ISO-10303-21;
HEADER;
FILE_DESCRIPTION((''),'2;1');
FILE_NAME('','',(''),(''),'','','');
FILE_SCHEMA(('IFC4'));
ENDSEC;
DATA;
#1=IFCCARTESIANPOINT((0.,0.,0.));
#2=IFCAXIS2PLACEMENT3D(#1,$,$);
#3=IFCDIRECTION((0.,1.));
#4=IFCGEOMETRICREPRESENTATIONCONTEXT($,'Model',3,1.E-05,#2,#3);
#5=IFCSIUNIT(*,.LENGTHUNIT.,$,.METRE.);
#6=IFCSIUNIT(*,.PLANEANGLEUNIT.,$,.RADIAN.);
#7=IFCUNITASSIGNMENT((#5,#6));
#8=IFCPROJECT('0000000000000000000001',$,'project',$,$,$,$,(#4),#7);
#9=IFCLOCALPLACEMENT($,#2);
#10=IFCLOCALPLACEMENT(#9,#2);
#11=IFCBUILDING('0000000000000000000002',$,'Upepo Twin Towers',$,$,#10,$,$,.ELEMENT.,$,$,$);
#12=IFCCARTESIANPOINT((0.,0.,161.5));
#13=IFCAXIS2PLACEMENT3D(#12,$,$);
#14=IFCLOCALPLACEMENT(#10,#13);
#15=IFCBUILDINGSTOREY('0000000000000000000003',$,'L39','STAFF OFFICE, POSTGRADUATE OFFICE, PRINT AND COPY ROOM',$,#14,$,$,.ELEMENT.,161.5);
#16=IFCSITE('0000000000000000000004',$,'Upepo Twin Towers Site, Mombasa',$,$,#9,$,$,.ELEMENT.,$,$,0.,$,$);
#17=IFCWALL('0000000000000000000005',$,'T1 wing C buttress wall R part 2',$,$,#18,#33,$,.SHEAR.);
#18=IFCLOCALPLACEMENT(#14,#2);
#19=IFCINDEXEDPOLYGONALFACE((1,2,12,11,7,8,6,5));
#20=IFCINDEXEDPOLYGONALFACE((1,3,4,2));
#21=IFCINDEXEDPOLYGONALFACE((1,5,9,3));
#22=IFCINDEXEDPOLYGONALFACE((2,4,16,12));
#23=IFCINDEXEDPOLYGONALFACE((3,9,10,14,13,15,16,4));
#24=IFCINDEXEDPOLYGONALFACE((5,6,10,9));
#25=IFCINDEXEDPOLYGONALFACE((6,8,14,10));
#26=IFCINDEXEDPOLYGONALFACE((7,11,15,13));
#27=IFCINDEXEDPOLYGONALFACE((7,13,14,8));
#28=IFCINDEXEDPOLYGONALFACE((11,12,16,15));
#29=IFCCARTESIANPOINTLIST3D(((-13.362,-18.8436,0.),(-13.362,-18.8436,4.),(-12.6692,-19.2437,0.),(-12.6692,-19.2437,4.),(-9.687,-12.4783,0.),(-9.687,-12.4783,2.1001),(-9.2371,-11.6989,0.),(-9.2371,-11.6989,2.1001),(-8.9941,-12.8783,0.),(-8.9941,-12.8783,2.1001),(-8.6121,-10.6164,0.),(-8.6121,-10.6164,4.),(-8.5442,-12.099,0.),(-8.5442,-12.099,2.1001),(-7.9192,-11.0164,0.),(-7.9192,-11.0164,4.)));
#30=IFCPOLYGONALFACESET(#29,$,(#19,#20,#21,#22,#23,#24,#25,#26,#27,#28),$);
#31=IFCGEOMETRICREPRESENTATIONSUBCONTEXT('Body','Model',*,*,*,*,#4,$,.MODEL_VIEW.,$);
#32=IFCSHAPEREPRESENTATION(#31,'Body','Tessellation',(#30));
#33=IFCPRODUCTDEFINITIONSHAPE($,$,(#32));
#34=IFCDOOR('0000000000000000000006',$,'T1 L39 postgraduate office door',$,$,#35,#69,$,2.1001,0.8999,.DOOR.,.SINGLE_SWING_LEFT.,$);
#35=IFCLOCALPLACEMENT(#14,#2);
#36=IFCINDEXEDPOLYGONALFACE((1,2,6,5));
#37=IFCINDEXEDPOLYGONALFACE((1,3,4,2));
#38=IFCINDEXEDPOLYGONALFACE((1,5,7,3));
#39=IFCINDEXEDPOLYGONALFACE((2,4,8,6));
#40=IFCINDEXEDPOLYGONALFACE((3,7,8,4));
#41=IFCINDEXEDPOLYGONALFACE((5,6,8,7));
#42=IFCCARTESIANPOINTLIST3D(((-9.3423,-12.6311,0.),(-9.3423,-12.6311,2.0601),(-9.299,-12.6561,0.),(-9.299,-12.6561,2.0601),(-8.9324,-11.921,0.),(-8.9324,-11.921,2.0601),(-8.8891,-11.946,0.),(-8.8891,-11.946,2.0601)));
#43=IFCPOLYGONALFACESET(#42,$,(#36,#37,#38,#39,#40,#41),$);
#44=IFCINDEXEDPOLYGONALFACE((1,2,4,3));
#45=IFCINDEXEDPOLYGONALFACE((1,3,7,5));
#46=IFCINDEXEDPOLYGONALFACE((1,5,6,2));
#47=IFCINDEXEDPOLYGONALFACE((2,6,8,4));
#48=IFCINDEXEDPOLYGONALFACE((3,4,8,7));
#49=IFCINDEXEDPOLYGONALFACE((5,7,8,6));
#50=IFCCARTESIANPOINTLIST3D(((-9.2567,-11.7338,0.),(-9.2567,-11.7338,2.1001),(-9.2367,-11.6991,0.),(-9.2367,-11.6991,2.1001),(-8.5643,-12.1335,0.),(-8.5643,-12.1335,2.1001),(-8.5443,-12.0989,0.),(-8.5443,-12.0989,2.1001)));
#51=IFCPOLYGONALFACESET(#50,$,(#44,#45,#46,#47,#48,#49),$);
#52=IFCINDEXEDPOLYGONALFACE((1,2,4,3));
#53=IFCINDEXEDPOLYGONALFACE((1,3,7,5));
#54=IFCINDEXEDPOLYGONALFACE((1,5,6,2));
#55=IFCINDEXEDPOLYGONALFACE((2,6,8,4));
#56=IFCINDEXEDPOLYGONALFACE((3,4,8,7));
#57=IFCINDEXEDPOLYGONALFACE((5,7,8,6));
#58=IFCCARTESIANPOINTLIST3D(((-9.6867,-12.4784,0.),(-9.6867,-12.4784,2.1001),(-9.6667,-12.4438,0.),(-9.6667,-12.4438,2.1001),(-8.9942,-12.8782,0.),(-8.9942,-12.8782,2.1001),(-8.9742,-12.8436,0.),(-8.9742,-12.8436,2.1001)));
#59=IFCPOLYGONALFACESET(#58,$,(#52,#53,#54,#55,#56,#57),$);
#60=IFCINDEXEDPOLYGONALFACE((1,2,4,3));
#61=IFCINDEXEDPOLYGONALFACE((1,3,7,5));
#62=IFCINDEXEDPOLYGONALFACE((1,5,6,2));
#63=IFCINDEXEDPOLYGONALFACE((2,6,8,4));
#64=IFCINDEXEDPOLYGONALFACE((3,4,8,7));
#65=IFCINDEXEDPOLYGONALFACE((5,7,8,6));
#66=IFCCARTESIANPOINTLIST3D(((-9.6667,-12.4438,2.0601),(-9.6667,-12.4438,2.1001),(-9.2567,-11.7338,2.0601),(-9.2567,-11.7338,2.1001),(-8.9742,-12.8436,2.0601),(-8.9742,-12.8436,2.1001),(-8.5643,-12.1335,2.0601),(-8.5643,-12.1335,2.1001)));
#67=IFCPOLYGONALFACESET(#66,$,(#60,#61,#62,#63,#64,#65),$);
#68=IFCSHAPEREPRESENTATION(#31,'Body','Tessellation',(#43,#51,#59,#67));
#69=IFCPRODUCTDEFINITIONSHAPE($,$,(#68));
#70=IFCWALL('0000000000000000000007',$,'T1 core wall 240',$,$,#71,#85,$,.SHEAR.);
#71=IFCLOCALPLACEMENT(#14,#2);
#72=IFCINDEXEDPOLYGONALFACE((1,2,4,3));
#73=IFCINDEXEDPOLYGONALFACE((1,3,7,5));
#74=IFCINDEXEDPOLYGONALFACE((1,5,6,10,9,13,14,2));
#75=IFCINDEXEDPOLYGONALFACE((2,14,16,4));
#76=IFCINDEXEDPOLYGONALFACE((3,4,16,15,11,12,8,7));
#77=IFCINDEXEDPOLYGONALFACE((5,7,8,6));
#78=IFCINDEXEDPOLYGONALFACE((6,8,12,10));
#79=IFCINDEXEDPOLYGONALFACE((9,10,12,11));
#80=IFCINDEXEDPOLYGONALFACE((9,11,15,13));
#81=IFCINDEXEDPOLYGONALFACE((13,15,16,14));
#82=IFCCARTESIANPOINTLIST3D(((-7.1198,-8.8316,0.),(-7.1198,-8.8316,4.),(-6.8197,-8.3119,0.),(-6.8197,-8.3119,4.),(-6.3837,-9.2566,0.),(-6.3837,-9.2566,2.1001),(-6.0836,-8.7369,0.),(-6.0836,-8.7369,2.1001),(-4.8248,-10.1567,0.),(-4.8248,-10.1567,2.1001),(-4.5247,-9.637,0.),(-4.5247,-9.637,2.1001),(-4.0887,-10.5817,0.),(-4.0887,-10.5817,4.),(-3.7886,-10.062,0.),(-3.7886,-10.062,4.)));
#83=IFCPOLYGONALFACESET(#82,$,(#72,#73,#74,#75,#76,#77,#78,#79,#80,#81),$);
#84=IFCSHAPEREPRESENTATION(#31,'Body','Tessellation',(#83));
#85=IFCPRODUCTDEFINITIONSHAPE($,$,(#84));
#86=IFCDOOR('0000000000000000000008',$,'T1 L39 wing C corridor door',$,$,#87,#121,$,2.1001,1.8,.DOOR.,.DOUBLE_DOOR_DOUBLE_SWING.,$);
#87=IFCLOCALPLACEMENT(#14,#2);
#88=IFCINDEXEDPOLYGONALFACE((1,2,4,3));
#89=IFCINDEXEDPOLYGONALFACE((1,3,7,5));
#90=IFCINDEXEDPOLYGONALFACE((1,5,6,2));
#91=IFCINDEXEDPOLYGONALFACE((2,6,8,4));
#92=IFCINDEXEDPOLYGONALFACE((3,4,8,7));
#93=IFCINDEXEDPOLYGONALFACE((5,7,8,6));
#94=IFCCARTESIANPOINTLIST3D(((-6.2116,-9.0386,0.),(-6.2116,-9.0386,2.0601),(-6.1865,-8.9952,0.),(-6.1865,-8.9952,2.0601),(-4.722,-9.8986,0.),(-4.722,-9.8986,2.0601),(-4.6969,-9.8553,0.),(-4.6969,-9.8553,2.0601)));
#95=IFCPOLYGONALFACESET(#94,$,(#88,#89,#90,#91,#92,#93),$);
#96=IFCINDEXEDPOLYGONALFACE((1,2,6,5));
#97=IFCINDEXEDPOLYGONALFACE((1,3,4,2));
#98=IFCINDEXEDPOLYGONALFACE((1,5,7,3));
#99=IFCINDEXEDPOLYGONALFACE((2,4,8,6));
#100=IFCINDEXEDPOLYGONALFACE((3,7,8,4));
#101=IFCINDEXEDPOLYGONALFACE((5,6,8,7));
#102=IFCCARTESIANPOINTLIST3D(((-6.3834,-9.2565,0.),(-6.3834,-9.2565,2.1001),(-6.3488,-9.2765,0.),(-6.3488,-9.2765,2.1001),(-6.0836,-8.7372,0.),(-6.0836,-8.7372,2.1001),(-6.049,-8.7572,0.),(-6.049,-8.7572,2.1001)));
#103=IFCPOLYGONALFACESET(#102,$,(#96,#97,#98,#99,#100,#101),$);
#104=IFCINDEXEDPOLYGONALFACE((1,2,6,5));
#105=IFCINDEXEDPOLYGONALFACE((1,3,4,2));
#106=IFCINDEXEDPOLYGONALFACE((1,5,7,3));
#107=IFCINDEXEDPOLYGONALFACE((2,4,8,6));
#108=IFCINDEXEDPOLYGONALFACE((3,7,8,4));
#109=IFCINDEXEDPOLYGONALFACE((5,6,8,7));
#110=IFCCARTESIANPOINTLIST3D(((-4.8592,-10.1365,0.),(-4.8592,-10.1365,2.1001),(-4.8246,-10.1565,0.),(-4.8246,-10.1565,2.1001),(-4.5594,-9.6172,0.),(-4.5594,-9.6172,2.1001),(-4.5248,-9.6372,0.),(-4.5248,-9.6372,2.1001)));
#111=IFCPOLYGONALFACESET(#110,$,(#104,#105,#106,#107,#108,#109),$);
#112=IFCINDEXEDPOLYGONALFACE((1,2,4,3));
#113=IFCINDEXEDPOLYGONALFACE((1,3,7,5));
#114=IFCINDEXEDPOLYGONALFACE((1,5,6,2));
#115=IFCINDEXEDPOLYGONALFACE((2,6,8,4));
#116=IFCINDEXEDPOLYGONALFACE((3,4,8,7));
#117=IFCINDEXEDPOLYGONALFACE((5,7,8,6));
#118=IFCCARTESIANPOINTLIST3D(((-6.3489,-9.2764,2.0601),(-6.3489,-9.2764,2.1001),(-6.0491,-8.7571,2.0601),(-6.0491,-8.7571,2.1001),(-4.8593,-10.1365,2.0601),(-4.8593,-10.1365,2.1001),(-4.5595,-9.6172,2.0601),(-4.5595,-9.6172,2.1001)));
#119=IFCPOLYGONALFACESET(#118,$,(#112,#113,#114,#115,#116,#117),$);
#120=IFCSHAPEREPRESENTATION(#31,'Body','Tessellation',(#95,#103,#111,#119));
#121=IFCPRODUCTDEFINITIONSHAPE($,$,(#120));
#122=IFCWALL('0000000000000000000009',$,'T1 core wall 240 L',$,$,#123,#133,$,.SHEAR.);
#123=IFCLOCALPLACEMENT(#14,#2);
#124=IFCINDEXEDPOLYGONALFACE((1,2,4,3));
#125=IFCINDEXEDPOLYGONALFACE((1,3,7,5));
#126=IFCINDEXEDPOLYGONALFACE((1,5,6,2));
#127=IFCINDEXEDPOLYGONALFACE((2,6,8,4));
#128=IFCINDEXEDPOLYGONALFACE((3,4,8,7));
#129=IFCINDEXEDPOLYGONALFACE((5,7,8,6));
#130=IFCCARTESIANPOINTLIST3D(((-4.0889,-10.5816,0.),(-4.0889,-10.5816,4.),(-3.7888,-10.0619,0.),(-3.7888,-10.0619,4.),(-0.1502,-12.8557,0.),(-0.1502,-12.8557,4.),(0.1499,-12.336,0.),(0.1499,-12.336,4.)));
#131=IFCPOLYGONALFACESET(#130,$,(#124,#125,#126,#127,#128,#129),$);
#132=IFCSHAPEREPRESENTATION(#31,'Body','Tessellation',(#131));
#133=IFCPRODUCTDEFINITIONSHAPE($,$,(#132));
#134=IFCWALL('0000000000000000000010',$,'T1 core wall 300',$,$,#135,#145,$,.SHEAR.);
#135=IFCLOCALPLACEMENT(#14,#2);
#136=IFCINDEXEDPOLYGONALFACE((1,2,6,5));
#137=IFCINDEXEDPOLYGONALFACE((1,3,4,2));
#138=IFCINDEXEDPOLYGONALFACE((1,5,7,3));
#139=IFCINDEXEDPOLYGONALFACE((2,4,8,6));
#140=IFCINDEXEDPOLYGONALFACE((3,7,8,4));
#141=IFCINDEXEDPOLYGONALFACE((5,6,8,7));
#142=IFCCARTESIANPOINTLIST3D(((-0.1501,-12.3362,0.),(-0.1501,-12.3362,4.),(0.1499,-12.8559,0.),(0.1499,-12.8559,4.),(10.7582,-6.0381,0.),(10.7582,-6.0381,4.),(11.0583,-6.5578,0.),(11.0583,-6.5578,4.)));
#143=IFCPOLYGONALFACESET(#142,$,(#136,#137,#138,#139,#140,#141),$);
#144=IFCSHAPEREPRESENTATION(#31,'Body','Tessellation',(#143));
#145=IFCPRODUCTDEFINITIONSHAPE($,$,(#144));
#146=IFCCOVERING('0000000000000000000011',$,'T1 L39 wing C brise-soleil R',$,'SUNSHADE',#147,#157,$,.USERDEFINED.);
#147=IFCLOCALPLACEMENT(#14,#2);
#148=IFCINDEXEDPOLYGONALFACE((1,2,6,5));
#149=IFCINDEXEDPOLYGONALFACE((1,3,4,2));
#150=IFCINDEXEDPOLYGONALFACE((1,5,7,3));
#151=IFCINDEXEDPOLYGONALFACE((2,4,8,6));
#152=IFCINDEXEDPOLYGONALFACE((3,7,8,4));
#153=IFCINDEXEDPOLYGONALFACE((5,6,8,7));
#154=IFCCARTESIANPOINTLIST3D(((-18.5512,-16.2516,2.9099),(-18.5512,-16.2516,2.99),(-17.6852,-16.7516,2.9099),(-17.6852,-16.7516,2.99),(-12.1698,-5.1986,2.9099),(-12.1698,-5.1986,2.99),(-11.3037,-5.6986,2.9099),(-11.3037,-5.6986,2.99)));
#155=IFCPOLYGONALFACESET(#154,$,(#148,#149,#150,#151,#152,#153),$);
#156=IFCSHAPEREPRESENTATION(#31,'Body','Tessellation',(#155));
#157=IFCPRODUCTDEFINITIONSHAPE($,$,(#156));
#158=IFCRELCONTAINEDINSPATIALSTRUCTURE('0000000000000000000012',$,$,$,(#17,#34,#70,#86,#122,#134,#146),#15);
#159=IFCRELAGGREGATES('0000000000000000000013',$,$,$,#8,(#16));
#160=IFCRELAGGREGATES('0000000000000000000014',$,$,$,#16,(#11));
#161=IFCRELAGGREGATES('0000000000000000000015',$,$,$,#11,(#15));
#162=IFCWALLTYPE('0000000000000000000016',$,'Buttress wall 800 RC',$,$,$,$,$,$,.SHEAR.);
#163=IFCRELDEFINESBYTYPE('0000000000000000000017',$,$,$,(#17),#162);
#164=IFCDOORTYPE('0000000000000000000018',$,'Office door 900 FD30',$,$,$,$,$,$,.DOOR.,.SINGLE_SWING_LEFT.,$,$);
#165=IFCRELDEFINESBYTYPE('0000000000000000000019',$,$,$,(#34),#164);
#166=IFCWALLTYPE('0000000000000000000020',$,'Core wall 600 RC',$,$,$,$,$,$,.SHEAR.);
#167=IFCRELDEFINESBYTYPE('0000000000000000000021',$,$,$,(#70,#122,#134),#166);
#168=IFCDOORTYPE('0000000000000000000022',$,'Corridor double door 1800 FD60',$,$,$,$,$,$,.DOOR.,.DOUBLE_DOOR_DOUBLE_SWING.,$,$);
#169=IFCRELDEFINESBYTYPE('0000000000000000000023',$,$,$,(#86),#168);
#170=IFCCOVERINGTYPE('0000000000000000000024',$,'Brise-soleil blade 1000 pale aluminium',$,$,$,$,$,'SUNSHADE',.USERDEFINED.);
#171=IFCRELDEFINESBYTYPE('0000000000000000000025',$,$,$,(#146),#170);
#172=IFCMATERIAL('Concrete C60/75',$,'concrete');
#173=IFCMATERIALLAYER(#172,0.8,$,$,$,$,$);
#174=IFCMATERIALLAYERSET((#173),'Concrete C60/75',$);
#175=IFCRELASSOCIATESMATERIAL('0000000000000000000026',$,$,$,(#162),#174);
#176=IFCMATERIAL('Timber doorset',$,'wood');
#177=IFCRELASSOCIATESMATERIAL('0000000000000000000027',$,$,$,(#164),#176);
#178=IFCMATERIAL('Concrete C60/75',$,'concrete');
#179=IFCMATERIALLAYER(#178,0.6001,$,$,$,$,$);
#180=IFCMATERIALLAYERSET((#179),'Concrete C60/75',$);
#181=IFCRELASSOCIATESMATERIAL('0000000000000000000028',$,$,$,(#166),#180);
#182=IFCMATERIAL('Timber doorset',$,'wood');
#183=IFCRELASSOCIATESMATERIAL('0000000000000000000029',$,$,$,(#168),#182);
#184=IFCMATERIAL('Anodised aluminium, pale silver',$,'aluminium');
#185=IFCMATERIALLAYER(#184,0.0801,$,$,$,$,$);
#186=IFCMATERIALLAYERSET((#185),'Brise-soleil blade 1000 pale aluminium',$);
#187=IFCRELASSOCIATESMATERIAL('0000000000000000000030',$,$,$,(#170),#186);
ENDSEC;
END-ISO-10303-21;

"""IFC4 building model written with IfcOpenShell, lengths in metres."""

from ifc_helpers import new_model, si_unit, direction, frame, frame_2d, origin, origin_2d, place, context, subcontext, project, spatial, rectangle, extrude, material, layer, layer_set, type_object, element, fill, save


model = new_model("IFC4")

# Units and contexts
model_context = context("Model", 3, precision=1e-05, world=origin(), true_north=direction((0.0, 1.0)))
body_context = subcontext(model_context, "Body", "Model", "MODEL_VIEW")
ifc_project = project(units=[si_unit("LENGTHUNIT", "METRE"), si_unit("PLANEANGLEUNIT", "RADIAN")], contexts=[model_context])

# Site, building, storey
site_placement = place(None, origin())
site = spatial("IfcSite", under=ifc_project, at=site_placement, Name="Upepo Twin Towers Site, Mombasa", CompositionType="ELEMENT", RefElevation=0.0)
building_placement = place(site_placement, origin())
building = spatial("IfcBuilding", under=site, at=building_placement, Name="Upepo Twin Towers", CompositionType="ELEMENT")
storey_placement = place(building_placement, frame((0.0, 0.0, 161.5)))
storey = spatial("IfcBuildingStorey", under=building, at=storey_placement, Name="L39", Description="STAFF OFFICE, POSTGRADUATE OFFICE, PRINT AND COPY ROOM", CompositionType="ELEMENT", Elevation=161.5)

# Walls, openings, doors
ifc_material_1 = material(Name="Concrete C60/75", Category="concrete")
ifc_layer_1 = layer(ifc_material_1, 0.8)
ifc_layer_set_1 = layer_set([ifc_layer_1], Name="Concrete C60/75")
wall_type_1 = type_object("IfcWallType", Name="Buttress wall 800 RC", PredefinedType="SHEAR", material=ifc_layer_set_1)
ifc_material_2 = material(Name="Timber doorset", Category="wood")
door_type_1 = type_object("IfcDoorType", Name="Office door 900 FD30", OperationType="SINGLE_SWING_LEFT", PredefinedType="DOOR", material=ifc_material_2)
wall_1_placement = place(storey_placement, frame((-8.2656, -10.8164, 0.0), z_axis=(0.0, 0.0, 1.0), x_axis=(-0.499998, -0.866027, 0.0)))
wall_1 = element("IfcWall", 1, at=wall_1_placement, inside=storey, type_object=wall_type_1, Name="T1 wing C buttress wall R part 2", PredefinedType="SHEAR", context=body_context, shape_type="SweptSolid", body=[
    extrude(rectangle(XDim=9.5, YDim=0.8, at=frame_2d((4.75, 0.0))), origin(), (0.0, 0.0, 1.0), 4.0),
])
opening_1_placement = place(wall_1_placement, frame((1.25, 0.0, 0.0)))
opening_1 = element("IfcOpeningElement", 2, at=opening_1_placement, cuts=wall_1, PredefinedType="OPENING", context=body_context, shape_type="SweptSolid", body=[
    extrude(rectangle(XDim=0.8999, YDim=2.1001, at=frame_2d((0.45, 1.05))), frame((0.0, 0.4099, 0.0), z_axis=(0.0, -1.0, 0.0), x_axis=(1.0, 0.0, 0.0)), (0.0, 0.0, 1.0), 0.8201),
])
door_1_placement = place(opening_1_placement, origin())
door_1 = element("IfcDoor", 3, at=door_1_placement, inside=storey, type_object=door_type_1, Name="T1 L39 postgraduate office door", OperationType="SINGLE_SWING_LEFT", OverallHeight=2.1001, OverallWidth=0.8999, PredefinedType="DOOR", context=body_context, shape_type="SweptSolid", body=[
    extrude(rectangle(XDim=0.8199, YDim=2.0601, at=frame_2d((0.45, 1.03))), frame((0.0, 0.0249, 0.0), z_axis=(0.0, -1.0, 0.0), x_axis=(1.0, 0.0, 0.0)), (0.0, 0.0, 1.0), 0.05),
    extrude(rectangle(XDim=0.04, YDim=2.1001, at=frame_2d((0.02, 1.05))), frame((0.0, 0.3999, 0.0), z_axis=(0.0, -1.0, 0.0), x_axis=(1.0, 0.0, 0.0)), (0.0, 0.0, 1.0), 0.7996),
    extrude(rectangle(XDim=0.04, YDim=2.1001, at=frame_2d((0.8799, 1.05))), frame((0.0, 0.3999, 0.0), z_axis=(0.0, -1.0, 0.0), x_axis=(1.0, 0.0, 0.0)), (0.0, 0.0, 1.0), 0.7996),
    extrude(rectangle(XDim=0.8199, YDim=0.04, at=frame_2d((0.45, 2.0801))), frame((0.0, 0.3999, 0.0), z_axis=(0.0, -1.0, 0.0), x_axis=(1.0, 0.0, 0.0)), (0.0, 0.0, 1.0), 0.7996),
])
fill(opening_1, door_1)
ifc_material_3 = material(Name="Concrete C60/75", Category="concrete")
ifc_layer_2 = layer(ifc_material_3, 0.6001)
ifc_layer_set_2 = layer_set([ifc_layer_2], Name="Concrete C60/75")
wall_type_2 = type_object("IfcWallType", Name="Core wall 600 RC", PredefinedType="SHEAR", material=ifc_layer_set_2)
wall_2_placement = place(storey_placement, frame((-6.9697, -8.5718, 0.0), z_axis=(0.0, 0.0, 1.0), x_axis=(0.866019, -0.50001, 0.0)))
wall_2 = element("IfcWall", 4, at=wall_2_placement, inside=storey, type_object=wall_type_2, Name="T1 core wall 240", PredefinedType="SHEAR", context=body_context, shape_type="SweptSolid", body=[
    extrude(rectangle(XDim=3.5, YDim=0.6001, at=frame_2d((1.75, 0.0))), origin(), (0.0, 0.0, 1.0), 4.0),
])
opening_2_placement = place(wall_2_placement, frame((0.8501, 0.0, 0.0)))
opening_2 = element("IfcOpeningElement", 5, at=opening_2_placement, cuts=wall_2, PredefinedType="OPENING", context=body_context, shape_type="SweptSolid", body=[
    extrude(rectangle(XDim=1.8, YDim=2.1001, at=frame_2d((0.8999, 1.05))), frame((0.0, 0.3101, 0.0), z_axis=(0.0, -1.0, 0.0), x_axis=(1.0, 0.0, 0.0)), (0.0, 0.0, 1.0), 0.6201),
])
ifc_material_4 = material(Name="Timber doorset", Category="wood")
door_type_2 = type_object("IfcDoorType", Name="Corridor double door 1800 FD60", OperationType="DOUBLE_DOOR_DOUBLE_SWING", PredefinedType="DOOR", material=ifc_material_4)
door_2_placement = place(opening_2_placement, origin())
door_2 = element("IfcDoor", 6, at=door_2_placement, inside=storey, type_object=door_type_2, Name="T1 L39 wing C corridor door", OperationType="DOUBLE_DOOR_DOUBLE_SWING", OverallHeight=2.1001, OverallWidth=1.8, PredefinedType="DOOR", context=body_context, shape_type="SweptSolid", body=[
    extrude(rectangle(XDim=1.72, YDim=2.0601, at=frame_2d((0.8999, 1.03))), frame((0.0, 0.0249, 0.0), z_axis=(0.0, -1.0, 0.0), x_axis=(1.0, 0.0, 0.0)), (0.0, 0.0, 1.0), 0.05),
    extrude(rectangle(XDim=0.04, YDim=2.1001, at=frame_2d((0.02, 1.05))), frame((0.0, 0.2998, 0.0), z_axis=(0.0, -1.0, 0.0), x_axis=(1.0, 0.0, 0.0)), (0.0, 0.0, 1.0), 0.5996),
    extrude(rectangle(XDim=0.04, YDim=2.1001, at=frame_2d((1.78, 1.05))), frame((0.0, 0.2998, 0.0), z_axis=(0.0, -1.0, 0.0), x_axis=(1.0, 0.0, 0.0)), (0.0, 0.0, 1.0), 0.5996),
    extrude(rectangle(XDim=1.72, YDim=0.04, at=frame_2d((0.8999, 2.0801))), frame((0.0, 0.2998, 0.0), z_axis=(0.0, -1.0, 0.0), x_axis=(1.0, 0.0, 0.0)), (0.0, 0.0, 1.0), 0.5996),
])
fill(opening_2, door_2)

# Walls
wall_3_placement = place(storey_placement, frame((-3.9387, -10.3218, 0.0), z_axis=(0.0, 0.0, 1.0), x_axis=(0.866011, -0.500024, 0.0)))
element("IfcWall", 7, at=wall_3_placement, inside=storey, type_object=wall_type_2, Name="T1 core wall 240 L", PredefinedType="SHEAR", context=body_context, shape_type="SweptSolid", body=[
    extrude(rectangle(XDim=4.5481, YDim=0.6001, at=frame_2d((2.2739, 0.0))), origin(), (0.0, 0.0, 1.0), 4.0),
])
wall_4_placement = place(storey_placement, frame((0.0, -12.5959, 0.0), z_axis=(0.0, 0.0, 1.0), x_axis=(0.866022, 0.500006, 0.0)))
element("IfcWall", 8, at=wall_4_placement, inside=storey, type_object=wall_type_2, Name="T1 core wall 300", PredefinedType="SHEAR", context=body_context, shape_type="SweptSolid", body=[
    extrude(rectangle(XDim=12.5959, YDim=0.6001, at=frame_2d((6.2979, 0.0))), origin(), (0.0, 0.0, 1.0), 4.0),
])

# Covering
ifc_material_5 = material(Name="Anodised aluminium, pale silver", Category="aluminium")
ifc_layer_3 = layer(ifc_material_5, 0.0801)
ifc_layer_set_3 = layer_set([ifc_layer_3], Name="Brise-soleil blade 1000 pale aluminium")
covering_type = type_object("IfcCoveringType", Name="Brise-soleil blade 1000 pale aluminium", ElementType="SUNSHADE", PredefinedType="USERDEFINED", material=ifc_layer_set_3)
covering_placement = place(storey_placement, frame((-14.9275, -10.9751, 2.9099), z_axis=(0.0, 0.0, 1.0), x_axis=(-0.5, -0.866025, 0.0)))
element("IfcCovering", 9, at=covering_placement, inside=storey, type_object=covering_type, Name="T1 L39 wing C brise-soleil R", ObjectType="SUNSHADE", PredefinedType="USERDEFINED", context=body_context, shape_type="SweptSolid", body=[
    extrude(rectangle(XDim=12.7629, YDim=1.0, at=origin_2d()), origin(), (0.0, 0.0, 1.0), 0.0801),
])

save(model, "model.ifc")
